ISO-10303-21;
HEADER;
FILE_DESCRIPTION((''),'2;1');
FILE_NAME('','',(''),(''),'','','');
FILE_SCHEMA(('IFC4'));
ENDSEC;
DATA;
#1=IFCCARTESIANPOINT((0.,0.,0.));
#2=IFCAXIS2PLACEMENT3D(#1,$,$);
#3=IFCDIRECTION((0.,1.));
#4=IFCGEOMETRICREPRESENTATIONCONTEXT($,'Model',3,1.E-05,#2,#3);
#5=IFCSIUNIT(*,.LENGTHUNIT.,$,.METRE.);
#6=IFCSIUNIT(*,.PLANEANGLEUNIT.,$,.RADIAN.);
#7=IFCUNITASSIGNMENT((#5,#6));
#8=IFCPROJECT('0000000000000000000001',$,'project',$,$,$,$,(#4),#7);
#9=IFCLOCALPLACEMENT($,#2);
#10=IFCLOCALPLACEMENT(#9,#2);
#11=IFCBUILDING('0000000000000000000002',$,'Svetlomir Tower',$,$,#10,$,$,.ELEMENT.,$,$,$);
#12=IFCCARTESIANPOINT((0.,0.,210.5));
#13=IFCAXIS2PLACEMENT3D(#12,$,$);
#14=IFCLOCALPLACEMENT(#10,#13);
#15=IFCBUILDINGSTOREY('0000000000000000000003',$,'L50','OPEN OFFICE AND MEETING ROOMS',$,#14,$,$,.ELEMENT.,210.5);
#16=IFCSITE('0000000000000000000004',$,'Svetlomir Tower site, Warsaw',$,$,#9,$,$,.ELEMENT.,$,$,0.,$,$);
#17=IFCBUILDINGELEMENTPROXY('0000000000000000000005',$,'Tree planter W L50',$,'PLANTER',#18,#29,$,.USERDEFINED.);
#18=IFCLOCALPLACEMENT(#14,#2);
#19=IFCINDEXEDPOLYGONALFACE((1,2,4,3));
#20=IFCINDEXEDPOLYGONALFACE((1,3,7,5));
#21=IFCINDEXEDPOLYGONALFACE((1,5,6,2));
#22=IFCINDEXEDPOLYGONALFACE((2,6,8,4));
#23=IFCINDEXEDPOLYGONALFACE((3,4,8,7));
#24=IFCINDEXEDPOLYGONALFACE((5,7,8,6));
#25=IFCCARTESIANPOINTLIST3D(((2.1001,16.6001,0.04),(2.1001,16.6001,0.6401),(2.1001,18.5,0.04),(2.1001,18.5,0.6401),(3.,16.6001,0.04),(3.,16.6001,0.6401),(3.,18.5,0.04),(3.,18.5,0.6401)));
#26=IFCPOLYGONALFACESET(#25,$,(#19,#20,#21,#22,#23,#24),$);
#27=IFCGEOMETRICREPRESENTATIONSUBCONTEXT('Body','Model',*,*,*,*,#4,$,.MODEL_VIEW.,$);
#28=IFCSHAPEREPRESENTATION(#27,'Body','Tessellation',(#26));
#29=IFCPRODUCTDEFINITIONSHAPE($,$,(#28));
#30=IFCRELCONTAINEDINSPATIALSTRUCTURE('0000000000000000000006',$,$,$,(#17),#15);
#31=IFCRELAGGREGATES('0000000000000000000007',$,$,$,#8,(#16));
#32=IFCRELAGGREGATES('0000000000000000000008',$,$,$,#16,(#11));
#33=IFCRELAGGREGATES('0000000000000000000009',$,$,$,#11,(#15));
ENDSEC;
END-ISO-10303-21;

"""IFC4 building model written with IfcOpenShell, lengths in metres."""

from ifc_helpers import new_model, si_unit, direction, frame, origin, origin_2d, place, context, subcontext, project, spatial, rectangle, extrude, element, save


model = new_model("IFC4")

# Units and contexts
model_context = context("Model", 3, precision=1e-05, world=origin(), true_north=direction((0.0, 1.0)))
body_context = subcontext(model_context, "Body", "Model", "MODEL_VIEW")
ifc_project = project(units=[si_unit("LENGTHUNIT", "METRE"), si_unit("PLANEANGLEUNIT", "RADIAN")], contexts=[model_context])

# Site, building, storey
site_placement = place(None, origin())
site = spatial("IfcSite", under=ifc_project, at=site_placement, Name="Svetlomir Tower site, Warsaw", CompositionType="ELEMENT", RefElevation=0.0)
building_placement = place(site_placement, origin())
building = spatial("IfcBuilding", under=site, at=building_placement, Name="Svetlomir Tower", CompositionType="ELEMENT")
storey_placement = place(building_placement, frame((0.0, 0.0, 210.5)))
storey = spatial("IfcBuildingStorey", under=building, at=storey_placement, Name="L50", Description="OPEN OFFICE AND MEETING ROOMS", CompositionType="ELEMENT", Elevation=210.5)

# Building element proxy
proxy_placement = place(storey_placement, frame((2.55, 17.55, 0.04), z_axis=(0.0, 0.0, 1.0), x_axis=(1.0, 0.0, 0.0)))
element("IfcBuildingElementProxy", 1, at=proxy_placement, inside=storey, Name="Tree planter W L50", ObjectType="PLANTER", PredefinedType="USERDEFINED", context=body_context, shape_type="SweptSolid", body=[
    extrude(rectangle(XDim=0.8999, YDim=1.8999, at=origin_2d()), origin(), (0.0, 0.0, 1.0), 0.6001),
])

save(model, "model.ifc")
